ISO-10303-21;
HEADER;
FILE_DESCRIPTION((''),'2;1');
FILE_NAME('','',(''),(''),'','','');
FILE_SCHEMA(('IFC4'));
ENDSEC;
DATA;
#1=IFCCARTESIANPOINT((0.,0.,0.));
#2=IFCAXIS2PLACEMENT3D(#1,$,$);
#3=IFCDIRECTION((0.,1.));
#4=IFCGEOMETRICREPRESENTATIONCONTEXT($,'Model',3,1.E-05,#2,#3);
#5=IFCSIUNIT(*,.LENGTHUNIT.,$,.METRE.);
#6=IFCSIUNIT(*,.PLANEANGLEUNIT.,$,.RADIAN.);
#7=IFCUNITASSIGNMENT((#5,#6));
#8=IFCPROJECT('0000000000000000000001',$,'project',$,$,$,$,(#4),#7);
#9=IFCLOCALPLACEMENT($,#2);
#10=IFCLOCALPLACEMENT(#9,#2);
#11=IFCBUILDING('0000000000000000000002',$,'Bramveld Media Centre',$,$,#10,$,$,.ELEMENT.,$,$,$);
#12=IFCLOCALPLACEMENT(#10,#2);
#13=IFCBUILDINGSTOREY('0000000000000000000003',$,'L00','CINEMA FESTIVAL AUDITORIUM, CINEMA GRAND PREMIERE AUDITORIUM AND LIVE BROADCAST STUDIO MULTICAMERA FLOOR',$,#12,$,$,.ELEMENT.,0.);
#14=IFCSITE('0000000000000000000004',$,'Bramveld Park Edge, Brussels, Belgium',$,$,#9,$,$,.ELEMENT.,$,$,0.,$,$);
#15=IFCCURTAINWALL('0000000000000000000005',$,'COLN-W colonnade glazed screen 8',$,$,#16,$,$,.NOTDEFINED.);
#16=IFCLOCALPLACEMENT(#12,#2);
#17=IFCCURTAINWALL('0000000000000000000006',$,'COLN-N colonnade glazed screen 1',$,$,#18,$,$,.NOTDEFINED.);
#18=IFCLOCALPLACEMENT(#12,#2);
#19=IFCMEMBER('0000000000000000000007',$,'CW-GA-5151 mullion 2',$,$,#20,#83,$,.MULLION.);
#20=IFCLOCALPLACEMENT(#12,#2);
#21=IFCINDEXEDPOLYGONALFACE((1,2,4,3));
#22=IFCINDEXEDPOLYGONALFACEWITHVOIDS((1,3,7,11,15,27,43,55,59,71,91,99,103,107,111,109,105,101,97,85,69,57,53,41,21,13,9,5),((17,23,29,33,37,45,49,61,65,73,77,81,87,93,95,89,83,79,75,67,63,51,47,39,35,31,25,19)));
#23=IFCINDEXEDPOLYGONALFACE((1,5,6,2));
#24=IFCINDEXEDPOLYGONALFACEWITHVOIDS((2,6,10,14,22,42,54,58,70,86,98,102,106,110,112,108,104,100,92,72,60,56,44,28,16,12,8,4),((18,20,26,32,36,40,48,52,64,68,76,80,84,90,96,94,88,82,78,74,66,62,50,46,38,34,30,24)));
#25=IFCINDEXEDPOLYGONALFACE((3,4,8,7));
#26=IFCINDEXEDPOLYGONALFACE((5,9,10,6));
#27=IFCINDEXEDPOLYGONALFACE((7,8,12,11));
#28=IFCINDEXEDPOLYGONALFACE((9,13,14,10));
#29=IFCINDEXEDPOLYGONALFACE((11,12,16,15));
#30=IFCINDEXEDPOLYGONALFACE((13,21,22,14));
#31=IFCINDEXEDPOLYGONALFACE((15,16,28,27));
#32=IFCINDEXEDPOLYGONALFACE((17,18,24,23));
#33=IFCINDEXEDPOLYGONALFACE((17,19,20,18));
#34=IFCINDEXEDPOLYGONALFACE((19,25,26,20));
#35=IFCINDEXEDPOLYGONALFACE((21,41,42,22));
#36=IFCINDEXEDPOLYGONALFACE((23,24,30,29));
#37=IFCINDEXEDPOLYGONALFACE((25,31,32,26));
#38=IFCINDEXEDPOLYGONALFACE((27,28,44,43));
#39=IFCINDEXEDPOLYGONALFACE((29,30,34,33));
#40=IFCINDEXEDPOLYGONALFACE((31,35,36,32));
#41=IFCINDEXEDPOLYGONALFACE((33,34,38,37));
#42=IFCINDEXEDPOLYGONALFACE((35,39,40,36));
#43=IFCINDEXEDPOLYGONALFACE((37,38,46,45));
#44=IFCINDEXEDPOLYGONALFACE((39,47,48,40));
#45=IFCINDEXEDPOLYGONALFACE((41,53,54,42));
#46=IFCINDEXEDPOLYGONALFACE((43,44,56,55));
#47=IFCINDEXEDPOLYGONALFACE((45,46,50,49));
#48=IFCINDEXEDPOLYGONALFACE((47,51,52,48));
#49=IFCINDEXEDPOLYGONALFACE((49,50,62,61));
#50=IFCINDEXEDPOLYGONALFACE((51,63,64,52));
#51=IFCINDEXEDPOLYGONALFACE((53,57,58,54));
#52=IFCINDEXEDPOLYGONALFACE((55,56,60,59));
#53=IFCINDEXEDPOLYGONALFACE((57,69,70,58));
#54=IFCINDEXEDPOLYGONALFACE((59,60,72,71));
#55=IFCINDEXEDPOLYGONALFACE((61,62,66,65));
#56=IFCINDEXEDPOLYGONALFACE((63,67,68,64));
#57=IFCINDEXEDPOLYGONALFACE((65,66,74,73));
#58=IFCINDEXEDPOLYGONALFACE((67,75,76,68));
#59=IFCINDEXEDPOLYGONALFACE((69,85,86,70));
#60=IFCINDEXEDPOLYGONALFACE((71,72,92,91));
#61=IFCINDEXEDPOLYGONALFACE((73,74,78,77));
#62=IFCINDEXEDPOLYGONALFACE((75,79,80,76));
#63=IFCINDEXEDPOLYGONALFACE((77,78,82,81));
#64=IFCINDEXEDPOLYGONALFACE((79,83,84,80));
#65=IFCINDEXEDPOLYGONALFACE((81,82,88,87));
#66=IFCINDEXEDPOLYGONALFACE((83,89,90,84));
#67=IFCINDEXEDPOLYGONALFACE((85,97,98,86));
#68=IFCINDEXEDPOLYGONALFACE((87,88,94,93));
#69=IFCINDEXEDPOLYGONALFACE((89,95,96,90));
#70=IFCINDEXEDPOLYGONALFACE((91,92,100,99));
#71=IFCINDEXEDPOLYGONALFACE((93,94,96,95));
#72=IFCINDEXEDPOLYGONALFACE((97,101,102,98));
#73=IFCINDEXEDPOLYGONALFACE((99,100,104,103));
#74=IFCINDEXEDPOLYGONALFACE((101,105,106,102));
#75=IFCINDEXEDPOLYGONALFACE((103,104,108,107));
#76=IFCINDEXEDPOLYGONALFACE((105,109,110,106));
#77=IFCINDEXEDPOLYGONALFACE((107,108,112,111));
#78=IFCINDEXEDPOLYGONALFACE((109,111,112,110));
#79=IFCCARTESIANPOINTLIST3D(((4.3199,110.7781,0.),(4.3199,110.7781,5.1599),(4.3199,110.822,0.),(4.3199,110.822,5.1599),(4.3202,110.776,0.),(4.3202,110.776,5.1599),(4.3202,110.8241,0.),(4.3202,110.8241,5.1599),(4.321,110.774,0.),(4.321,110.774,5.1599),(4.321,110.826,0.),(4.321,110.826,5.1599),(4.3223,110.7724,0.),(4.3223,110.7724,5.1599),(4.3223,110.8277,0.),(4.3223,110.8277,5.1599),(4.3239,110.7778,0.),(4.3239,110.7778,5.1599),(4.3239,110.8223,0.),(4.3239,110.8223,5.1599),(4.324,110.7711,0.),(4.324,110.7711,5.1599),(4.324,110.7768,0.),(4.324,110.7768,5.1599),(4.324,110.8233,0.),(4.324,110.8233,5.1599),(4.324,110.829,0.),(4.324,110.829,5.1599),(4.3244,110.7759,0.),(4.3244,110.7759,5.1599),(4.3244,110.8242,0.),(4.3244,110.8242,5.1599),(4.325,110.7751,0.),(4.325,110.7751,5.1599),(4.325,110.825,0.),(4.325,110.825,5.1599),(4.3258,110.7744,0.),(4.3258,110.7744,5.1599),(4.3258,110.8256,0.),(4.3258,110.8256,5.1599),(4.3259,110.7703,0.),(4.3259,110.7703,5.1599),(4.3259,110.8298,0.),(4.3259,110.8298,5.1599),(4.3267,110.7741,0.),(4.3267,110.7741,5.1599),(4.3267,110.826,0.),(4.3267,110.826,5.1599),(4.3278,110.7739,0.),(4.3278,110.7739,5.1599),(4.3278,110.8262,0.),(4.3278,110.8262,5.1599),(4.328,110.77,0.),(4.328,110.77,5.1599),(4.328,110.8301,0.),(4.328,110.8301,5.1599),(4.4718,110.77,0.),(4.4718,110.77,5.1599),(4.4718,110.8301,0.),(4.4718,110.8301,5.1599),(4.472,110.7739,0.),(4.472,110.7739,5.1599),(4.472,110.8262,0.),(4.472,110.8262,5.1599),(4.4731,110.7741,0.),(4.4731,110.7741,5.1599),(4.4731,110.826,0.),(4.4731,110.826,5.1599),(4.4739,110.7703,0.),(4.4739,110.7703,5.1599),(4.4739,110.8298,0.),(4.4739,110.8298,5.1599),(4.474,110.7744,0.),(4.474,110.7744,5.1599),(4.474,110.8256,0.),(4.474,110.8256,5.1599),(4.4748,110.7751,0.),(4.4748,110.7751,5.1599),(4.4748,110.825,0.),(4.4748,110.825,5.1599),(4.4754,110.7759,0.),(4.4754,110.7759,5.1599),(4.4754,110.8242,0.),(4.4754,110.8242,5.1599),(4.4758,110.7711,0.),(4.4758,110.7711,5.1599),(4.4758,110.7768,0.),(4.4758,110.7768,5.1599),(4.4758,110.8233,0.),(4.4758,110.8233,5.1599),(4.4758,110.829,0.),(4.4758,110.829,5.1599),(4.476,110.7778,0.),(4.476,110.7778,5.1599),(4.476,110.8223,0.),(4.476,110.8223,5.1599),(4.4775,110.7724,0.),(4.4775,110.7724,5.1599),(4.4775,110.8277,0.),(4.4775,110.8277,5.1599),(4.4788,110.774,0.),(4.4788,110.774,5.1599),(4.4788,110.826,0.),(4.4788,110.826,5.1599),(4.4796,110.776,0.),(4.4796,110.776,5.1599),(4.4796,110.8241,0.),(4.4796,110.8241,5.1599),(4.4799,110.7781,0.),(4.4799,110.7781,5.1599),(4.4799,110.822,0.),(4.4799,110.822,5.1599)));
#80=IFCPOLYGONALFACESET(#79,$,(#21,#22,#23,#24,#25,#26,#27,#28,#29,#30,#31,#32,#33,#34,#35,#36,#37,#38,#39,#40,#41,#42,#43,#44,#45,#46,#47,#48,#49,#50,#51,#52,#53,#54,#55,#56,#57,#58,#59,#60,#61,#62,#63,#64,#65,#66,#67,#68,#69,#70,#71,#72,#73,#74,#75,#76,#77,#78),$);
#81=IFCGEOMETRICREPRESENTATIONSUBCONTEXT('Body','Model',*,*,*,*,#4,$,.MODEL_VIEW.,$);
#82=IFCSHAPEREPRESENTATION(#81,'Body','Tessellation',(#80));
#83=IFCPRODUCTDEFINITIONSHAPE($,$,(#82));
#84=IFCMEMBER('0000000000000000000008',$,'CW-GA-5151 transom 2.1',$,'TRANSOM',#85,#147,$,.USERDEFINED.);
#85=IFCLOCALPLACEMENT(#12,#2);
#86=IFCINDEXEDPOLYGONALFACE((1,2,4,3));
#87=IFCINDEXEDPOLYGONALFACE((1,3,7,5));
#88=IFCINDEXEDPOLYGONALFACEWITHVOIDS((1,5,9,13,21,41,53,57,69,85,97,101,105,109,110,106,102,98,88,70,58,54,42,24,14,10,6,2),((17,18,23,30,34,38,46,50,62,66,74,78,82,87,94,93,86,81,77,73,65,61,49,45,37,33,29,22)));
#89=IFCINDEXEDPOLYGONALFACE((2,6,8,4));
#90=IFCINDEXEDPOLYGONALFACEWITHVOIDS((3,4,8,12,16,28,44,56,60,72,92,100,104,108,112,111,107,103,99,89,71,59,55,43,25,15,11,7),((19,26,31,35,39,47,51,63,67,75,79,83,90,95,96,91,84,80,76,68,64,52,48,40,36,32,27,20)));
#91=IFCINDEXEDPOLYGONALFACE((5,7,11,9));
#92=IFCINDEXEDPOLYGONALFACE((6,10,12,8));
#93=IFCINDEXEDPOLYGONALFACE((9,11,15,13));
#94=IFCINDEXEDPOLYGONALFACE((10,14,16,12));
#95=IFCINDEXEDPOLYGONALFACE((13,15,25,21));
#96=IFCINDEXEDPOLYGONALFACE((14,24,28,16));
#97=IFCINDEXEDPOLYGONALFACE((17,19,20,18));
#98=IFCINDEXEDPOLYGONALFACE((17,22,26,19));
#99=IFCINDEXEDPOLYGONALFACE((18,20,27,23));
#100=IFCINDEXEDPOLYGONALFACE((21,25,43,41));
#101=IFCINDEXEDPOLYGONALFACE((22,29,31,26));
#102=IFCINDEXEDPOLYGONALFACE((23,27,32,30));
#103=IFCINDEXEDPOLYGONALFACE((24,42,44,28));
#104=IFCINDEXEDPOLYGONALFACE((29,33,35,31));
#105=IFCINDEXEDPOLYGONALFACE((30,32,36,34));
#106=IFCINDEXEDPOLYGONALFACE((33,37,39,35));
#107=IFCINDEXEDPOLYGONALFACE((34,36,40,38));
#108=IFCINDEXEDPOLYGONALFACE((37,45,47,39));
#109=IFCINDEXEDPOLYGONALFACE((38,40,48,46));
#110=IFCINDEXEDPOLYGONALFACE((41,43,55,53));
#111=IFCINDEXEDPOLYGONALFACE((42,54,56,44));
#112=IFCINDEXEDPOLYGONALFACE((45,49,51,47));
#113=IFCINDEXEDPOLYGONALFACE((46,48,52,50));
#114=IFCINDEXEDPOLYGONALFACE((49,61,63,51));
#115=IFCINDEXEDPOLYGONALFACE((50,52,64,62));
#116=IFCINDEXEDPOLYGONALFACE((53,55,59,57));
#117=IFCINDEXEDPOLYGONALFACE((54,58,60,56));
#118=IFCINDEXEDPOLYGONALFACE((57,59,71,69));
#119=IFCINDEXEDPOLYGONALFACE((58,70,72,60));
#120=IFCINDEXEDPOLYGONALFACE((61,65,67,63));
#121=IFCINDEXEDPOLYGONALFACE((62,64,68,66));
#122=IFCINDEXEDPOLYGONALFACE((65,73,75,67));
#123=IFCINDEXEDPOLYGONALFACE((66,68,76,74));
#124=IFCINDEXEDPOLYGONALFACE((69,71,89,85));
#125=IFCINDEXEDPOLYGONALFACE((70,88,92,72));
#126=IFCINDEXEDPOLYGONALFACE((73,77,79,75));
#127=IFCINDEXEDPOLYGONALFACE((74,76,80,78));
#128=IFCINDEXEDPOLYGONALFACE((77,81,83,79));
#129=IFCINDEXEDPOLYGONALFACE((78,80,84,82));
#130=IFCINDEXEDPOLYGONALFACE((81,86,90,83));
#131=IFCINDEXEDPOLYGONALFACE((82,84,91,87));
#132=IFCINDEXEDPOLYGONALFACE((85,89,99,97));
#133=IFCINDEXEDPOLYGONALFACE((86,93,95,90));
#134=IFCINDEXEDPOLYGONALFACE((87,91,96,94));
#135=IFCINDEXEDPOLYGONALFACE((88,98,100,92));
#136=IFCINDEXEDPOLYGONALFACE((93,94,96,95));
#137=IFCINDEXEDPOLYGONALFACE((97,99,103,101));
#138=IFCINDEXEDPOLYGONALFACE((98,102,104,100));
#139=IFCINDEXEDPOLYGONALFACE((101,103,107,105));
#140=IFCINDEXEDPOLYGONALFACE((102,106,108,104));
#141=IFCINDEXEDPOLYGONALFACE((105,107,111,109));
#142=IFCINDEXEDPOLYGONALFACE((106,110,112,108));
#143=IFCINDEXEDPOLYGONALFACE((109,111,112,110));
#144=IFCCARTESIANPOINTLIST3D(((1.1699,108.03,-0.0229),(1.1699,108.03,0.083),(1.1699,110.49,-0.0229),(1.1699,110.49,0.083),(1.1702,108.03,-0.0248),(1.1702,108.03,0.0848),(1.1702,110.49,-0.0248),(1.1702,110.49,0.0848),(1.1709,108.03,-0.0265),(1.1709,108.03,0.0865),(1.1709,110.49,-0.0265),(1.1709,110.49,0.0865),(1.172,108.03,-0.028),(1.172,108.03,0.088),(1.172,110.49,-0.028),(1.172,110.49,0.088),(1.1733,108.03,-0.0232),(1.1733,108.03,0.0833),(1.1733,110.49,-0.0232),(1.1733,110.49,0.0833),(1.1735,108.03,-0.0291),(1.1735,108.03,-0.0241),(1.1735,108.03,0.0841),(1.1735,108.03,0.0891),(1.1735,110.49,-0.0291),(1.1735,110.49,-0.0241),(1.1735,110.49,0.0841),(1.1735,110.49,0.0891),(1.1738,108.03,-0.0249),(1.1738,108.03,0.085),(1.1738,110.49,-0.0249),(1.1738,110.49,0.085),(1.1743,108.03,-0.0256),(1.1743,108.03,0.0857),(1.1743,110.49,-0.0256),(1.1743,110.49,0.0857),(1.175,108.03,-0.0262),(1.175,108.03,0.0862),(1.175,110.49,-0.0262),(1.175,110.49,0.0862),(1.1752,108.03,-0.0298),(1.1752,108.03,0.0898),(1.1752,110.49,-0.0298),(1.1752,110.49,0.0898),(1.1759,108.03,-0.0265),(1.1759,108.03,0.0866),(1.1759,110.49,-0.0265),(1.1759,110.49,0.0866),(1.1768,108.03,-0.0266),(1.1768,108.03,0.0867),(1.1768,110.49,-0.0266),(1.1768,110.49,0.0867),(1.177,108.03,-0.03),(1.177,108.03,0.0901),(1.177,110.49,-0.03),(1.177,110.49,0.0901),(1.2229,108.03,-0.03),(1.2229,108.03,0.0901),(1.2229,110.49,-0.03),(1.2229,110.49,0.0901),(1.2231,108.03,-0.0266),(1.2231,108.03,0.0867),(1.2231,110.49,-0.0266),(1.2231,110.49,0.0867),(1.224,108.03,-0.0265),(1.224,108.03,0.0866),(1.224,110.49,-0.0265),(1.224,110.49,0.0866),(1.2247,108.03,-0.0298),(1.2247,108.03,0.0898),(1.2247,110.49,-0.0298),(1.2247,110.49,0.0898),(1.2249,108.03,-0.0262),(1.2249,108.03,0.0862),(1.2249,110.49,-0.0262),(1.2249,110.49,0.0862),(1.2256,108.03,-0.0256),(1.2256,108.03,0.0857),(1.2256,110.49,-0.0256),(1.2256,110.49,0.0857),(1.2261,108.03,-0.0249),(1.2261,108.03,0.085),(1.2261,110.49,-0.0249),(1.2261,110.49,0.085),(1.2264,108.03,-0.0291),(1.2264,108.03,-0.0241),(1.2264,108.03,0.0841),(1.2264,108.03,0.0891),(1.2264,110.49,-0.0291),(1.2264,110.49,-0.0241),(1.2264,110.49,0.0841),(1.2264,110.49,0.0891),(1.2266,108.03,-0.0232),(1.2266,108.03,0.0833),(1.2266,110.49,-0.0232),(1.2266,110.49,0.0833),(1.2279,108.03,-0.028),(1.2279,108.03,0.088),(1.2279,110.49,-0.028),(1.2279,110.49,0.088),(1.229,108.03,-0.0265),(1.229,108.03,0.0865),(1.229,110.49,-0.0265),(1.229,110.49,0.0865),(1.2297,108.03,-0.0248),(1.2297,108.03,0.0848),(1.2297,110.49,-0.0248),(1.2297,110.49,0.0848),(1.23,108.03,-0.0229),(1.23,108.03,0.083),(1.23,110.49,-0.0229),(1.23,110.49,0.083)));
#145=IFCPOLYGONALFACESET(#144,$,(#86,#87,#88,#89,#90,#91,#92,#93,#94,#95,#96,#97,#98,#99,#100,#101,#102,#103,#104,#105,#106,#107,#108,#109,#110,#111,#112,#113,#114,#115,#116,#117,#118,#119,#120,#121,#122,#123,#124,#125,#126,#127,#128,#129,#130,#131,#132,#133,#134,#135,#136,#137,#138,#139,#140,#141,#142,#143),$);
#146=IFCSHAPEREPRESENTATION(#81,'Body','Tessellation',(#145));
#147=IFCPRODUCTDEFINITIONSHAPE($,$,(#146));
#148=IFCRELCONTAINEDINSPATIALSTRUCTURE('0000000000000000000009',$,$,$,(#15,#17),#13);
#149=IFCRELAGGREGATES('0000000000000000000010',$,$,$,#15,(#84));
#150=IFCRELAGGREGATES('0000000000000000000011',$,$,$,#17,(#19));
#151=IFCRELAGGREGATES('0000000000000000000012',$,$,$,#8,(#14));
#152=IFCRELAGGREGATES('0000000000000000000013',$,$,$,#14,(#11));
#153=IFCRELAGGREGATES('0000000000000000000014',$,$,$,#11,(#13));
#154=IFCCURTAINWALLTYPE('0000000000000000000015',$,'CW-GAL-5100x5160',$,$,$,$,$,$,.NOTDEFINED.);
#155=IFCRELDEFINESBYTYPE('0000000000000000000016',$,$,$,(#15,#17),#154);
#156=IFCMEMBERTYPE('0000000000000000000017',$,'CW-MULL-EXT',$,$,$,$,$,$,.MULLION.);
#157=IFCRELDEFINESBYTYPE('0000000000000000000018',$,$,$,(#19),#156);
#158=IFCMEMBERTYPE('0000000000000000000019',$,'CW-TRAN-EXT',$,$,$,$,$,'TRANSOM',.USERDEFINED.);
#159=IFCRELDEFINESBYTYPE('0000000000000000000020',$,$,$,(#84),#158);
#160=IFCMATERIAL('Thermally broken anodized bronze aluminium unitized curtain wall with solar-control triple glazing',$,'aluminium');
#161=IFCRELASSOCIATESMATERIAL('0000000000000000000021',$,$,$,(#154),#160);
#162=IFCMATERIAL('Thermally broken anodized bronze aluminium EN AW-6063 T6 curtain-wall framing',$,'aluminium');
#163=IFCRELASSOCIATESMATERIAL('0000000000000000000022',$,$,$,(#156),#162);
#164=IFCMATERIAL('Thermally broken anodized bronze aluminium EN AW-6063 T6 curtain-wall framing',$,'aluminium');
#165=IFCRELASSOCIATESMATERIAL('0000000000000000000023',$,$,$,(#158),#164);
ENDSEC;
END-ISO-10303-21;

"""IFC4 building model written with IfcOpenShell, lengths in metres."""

from ifc_helpers import new_model, si_unit, direction, frame, origin, origin_2d, place, context, subcontext, project, spatial, hollow_rectangle, extrude, material, material_profile, profile_set, type_object, element, aggregate, save


model = new_model("IFC4")

# Units and contexts
model_context = context("Model", 3, precision=1e-05, world=origin(), true_north=direction((0.0, 1.0)))
body_context = subcontext(model_context, "Body", "Model", "MODEL_VIEW")
ifc_project = project(units=[si_unit("LENGTHUNIT", "METRE"), si_unit("PLANEANGLEUNIT", "RADIAN")], contexts=[model_context])

# Site, building, storey
site_placement = place(None, origin())
site = spatial("IfcSite", under=ifc_project, at=site_placement, Name="Bramveld Park Edge, Brussels, Belgium", CompositionType="ELEMENT", RefElevation=0.0)
building_placement = place(site_placement, origin())
building = spatial("IfcBuilding", under=site, at=building_placement, Name="Bramveld Media Centre", CompositionType="ELEMENT")
storey_placement = place(building_placement, origin())
storey = spatial("IfcBuildingStorey", under=building, at=storey_placement, Name="L00", Description="CINEMA FESTIVAL AUDITORIUM, CINEMA GRAND PREMIERE AUDITORIUM AND LIVE BROADCAST STUDIO MULTICAMERA FLOOR", CompositionType="ELEMENT", Elevation=0.0)

# Curtain walls, member
ifc_material_1 = material(Name="Thermally broken anodized bronze aluminium unitized curtain wall with solar-control triple glazing", Category="aluminium")
curtain_wall_type = type_object("IfcCurtainWallType", Name="CW-GAL-5100x5160", PredefinedType="NOTDEFINED", material=ifc_material_1)
curtain_wall_1_placement = place(storey_placement, origin())
curtain_wall_1 = element("IfcCurtainWall", 1, at=curtain_wall_1_placement, inside=storey, type_object=curtain_wall_type, Name="COLN-W colonnade glazed screen 8", PredefinedType="NOTDEFINED")
ifc_material_2 = material(Name="Thermally broken anodized bronze aluminium EN AW-6063 T6 curtain-wall framing", Category="aluminium")
ifc_material_profile_1 = material_profile(ifc_material_2, hollow_rectangle(XDim=0.0601, YDim=0.1599, WallThickness=0.0039, InnerFilletRadius=0.0039, OuterFilletRadius=0.0081, at=origin_2d()), Name="AL-MULL 60x160")
ifc_profile_set_1 = profile_set([ifc_material_profile_1], Name="Thermally broken anodized bronze aluminium EN AW-6063 T6 curtain-wall framing")
member_type_1 = type_object("IfcMemberType", Name="CW-MULL-EXT", PredefinedType="MULLION", material=ifc_profile_set_1)
curtain_wall_2_placement = place(storey_placement, origin())
curtain_wall_2 = element("IfcCurtainWall", 2, at=curtain_wall_2_placement, inside=storey, type_object=curtain_wall_type, Name="COLN-N colonnade glazed screen 1", PredefinedType="NOTDEFINED")
member_1_placement = place(storey_placement, frame((4.3999, 110.8, 0.0), z_axis=(0.0, 0.0, 1.0), x_axis=(0.0, 1.0, 0.0)))
member_1 = element("IfcMember", 3, at=member_1_placement, type_object=member_type_1, Name="CW-GA-5151 mullion 2", PredefinedType="MULLION", context=body_context, shape_type="SweptSolid", body=[
    extrude(hollow_rectangle(XDim=0.0601, YDim=0.1599, WallThickness=0.0039, InnerFilletRadius=0.0039, OuterFilletRadius=0.0081, at=origin_2d()), origin(), (0.0, 0.0, 1.0), 5.1599),
])

# Member
ifc_material_3 = material(Name="Thermally broken anodized bronze aluminium EN AW-6063 T6 curtain-wall framing", Category="aluminium")
ifc_material_profile_2 = material_profile(ifc_material_3, hollow_rectangle(XDim=0.0601, YDim=0.1201, WallThickness=0.0034, InnerFilletRadius=0.0034, OuterFilletRadius=0.0071, at=origin_2d()), Name="AL-TRAN 60x120")
ifc_profile_set_2 = profile_set([ifc_material_profile_2], Name="Thermally broken anodized bronze aluminium EN AW-6063 T6 curtain-wall framing")
member_type_2 = type_object("IfcMemberType", Name="CW-TRAN-EXT", ElementType="TRANSOM", PredefinedType="USERDEFINED", material=ifc_profile_set_2)
member_2_placement = place(storey_placement, frame((1.2, 108.03, 0.03), z_axis=(0.0, 1.0, 0.0), x_axis=(-1.0, 0.0, 0.0)))
member_2 = element("IfcMember", 4, at=member_2_placement, type_object=member_type_2, Name="CW-GA-5151 transom 2.1", ObjectType="TRANSOM", PredefinedType="USERDEFINED", context=body_context, shape_type="SweptSolid", body=[
    extrude(hollow_rectangle(XDim=0.0601, YDim=0.1201, WallThickness=0.0034, InnerFilletRadius=0.0034, OuterFilletRadius=0.0071, at=origin_2d()), origin(), (0.0, 0.0, 1.0), 2.46),
])

aggregate(curtain_wall_1, [member_2])
aggregate(curtain_wall_2, [member_1])

save(model, "model.ifc")
